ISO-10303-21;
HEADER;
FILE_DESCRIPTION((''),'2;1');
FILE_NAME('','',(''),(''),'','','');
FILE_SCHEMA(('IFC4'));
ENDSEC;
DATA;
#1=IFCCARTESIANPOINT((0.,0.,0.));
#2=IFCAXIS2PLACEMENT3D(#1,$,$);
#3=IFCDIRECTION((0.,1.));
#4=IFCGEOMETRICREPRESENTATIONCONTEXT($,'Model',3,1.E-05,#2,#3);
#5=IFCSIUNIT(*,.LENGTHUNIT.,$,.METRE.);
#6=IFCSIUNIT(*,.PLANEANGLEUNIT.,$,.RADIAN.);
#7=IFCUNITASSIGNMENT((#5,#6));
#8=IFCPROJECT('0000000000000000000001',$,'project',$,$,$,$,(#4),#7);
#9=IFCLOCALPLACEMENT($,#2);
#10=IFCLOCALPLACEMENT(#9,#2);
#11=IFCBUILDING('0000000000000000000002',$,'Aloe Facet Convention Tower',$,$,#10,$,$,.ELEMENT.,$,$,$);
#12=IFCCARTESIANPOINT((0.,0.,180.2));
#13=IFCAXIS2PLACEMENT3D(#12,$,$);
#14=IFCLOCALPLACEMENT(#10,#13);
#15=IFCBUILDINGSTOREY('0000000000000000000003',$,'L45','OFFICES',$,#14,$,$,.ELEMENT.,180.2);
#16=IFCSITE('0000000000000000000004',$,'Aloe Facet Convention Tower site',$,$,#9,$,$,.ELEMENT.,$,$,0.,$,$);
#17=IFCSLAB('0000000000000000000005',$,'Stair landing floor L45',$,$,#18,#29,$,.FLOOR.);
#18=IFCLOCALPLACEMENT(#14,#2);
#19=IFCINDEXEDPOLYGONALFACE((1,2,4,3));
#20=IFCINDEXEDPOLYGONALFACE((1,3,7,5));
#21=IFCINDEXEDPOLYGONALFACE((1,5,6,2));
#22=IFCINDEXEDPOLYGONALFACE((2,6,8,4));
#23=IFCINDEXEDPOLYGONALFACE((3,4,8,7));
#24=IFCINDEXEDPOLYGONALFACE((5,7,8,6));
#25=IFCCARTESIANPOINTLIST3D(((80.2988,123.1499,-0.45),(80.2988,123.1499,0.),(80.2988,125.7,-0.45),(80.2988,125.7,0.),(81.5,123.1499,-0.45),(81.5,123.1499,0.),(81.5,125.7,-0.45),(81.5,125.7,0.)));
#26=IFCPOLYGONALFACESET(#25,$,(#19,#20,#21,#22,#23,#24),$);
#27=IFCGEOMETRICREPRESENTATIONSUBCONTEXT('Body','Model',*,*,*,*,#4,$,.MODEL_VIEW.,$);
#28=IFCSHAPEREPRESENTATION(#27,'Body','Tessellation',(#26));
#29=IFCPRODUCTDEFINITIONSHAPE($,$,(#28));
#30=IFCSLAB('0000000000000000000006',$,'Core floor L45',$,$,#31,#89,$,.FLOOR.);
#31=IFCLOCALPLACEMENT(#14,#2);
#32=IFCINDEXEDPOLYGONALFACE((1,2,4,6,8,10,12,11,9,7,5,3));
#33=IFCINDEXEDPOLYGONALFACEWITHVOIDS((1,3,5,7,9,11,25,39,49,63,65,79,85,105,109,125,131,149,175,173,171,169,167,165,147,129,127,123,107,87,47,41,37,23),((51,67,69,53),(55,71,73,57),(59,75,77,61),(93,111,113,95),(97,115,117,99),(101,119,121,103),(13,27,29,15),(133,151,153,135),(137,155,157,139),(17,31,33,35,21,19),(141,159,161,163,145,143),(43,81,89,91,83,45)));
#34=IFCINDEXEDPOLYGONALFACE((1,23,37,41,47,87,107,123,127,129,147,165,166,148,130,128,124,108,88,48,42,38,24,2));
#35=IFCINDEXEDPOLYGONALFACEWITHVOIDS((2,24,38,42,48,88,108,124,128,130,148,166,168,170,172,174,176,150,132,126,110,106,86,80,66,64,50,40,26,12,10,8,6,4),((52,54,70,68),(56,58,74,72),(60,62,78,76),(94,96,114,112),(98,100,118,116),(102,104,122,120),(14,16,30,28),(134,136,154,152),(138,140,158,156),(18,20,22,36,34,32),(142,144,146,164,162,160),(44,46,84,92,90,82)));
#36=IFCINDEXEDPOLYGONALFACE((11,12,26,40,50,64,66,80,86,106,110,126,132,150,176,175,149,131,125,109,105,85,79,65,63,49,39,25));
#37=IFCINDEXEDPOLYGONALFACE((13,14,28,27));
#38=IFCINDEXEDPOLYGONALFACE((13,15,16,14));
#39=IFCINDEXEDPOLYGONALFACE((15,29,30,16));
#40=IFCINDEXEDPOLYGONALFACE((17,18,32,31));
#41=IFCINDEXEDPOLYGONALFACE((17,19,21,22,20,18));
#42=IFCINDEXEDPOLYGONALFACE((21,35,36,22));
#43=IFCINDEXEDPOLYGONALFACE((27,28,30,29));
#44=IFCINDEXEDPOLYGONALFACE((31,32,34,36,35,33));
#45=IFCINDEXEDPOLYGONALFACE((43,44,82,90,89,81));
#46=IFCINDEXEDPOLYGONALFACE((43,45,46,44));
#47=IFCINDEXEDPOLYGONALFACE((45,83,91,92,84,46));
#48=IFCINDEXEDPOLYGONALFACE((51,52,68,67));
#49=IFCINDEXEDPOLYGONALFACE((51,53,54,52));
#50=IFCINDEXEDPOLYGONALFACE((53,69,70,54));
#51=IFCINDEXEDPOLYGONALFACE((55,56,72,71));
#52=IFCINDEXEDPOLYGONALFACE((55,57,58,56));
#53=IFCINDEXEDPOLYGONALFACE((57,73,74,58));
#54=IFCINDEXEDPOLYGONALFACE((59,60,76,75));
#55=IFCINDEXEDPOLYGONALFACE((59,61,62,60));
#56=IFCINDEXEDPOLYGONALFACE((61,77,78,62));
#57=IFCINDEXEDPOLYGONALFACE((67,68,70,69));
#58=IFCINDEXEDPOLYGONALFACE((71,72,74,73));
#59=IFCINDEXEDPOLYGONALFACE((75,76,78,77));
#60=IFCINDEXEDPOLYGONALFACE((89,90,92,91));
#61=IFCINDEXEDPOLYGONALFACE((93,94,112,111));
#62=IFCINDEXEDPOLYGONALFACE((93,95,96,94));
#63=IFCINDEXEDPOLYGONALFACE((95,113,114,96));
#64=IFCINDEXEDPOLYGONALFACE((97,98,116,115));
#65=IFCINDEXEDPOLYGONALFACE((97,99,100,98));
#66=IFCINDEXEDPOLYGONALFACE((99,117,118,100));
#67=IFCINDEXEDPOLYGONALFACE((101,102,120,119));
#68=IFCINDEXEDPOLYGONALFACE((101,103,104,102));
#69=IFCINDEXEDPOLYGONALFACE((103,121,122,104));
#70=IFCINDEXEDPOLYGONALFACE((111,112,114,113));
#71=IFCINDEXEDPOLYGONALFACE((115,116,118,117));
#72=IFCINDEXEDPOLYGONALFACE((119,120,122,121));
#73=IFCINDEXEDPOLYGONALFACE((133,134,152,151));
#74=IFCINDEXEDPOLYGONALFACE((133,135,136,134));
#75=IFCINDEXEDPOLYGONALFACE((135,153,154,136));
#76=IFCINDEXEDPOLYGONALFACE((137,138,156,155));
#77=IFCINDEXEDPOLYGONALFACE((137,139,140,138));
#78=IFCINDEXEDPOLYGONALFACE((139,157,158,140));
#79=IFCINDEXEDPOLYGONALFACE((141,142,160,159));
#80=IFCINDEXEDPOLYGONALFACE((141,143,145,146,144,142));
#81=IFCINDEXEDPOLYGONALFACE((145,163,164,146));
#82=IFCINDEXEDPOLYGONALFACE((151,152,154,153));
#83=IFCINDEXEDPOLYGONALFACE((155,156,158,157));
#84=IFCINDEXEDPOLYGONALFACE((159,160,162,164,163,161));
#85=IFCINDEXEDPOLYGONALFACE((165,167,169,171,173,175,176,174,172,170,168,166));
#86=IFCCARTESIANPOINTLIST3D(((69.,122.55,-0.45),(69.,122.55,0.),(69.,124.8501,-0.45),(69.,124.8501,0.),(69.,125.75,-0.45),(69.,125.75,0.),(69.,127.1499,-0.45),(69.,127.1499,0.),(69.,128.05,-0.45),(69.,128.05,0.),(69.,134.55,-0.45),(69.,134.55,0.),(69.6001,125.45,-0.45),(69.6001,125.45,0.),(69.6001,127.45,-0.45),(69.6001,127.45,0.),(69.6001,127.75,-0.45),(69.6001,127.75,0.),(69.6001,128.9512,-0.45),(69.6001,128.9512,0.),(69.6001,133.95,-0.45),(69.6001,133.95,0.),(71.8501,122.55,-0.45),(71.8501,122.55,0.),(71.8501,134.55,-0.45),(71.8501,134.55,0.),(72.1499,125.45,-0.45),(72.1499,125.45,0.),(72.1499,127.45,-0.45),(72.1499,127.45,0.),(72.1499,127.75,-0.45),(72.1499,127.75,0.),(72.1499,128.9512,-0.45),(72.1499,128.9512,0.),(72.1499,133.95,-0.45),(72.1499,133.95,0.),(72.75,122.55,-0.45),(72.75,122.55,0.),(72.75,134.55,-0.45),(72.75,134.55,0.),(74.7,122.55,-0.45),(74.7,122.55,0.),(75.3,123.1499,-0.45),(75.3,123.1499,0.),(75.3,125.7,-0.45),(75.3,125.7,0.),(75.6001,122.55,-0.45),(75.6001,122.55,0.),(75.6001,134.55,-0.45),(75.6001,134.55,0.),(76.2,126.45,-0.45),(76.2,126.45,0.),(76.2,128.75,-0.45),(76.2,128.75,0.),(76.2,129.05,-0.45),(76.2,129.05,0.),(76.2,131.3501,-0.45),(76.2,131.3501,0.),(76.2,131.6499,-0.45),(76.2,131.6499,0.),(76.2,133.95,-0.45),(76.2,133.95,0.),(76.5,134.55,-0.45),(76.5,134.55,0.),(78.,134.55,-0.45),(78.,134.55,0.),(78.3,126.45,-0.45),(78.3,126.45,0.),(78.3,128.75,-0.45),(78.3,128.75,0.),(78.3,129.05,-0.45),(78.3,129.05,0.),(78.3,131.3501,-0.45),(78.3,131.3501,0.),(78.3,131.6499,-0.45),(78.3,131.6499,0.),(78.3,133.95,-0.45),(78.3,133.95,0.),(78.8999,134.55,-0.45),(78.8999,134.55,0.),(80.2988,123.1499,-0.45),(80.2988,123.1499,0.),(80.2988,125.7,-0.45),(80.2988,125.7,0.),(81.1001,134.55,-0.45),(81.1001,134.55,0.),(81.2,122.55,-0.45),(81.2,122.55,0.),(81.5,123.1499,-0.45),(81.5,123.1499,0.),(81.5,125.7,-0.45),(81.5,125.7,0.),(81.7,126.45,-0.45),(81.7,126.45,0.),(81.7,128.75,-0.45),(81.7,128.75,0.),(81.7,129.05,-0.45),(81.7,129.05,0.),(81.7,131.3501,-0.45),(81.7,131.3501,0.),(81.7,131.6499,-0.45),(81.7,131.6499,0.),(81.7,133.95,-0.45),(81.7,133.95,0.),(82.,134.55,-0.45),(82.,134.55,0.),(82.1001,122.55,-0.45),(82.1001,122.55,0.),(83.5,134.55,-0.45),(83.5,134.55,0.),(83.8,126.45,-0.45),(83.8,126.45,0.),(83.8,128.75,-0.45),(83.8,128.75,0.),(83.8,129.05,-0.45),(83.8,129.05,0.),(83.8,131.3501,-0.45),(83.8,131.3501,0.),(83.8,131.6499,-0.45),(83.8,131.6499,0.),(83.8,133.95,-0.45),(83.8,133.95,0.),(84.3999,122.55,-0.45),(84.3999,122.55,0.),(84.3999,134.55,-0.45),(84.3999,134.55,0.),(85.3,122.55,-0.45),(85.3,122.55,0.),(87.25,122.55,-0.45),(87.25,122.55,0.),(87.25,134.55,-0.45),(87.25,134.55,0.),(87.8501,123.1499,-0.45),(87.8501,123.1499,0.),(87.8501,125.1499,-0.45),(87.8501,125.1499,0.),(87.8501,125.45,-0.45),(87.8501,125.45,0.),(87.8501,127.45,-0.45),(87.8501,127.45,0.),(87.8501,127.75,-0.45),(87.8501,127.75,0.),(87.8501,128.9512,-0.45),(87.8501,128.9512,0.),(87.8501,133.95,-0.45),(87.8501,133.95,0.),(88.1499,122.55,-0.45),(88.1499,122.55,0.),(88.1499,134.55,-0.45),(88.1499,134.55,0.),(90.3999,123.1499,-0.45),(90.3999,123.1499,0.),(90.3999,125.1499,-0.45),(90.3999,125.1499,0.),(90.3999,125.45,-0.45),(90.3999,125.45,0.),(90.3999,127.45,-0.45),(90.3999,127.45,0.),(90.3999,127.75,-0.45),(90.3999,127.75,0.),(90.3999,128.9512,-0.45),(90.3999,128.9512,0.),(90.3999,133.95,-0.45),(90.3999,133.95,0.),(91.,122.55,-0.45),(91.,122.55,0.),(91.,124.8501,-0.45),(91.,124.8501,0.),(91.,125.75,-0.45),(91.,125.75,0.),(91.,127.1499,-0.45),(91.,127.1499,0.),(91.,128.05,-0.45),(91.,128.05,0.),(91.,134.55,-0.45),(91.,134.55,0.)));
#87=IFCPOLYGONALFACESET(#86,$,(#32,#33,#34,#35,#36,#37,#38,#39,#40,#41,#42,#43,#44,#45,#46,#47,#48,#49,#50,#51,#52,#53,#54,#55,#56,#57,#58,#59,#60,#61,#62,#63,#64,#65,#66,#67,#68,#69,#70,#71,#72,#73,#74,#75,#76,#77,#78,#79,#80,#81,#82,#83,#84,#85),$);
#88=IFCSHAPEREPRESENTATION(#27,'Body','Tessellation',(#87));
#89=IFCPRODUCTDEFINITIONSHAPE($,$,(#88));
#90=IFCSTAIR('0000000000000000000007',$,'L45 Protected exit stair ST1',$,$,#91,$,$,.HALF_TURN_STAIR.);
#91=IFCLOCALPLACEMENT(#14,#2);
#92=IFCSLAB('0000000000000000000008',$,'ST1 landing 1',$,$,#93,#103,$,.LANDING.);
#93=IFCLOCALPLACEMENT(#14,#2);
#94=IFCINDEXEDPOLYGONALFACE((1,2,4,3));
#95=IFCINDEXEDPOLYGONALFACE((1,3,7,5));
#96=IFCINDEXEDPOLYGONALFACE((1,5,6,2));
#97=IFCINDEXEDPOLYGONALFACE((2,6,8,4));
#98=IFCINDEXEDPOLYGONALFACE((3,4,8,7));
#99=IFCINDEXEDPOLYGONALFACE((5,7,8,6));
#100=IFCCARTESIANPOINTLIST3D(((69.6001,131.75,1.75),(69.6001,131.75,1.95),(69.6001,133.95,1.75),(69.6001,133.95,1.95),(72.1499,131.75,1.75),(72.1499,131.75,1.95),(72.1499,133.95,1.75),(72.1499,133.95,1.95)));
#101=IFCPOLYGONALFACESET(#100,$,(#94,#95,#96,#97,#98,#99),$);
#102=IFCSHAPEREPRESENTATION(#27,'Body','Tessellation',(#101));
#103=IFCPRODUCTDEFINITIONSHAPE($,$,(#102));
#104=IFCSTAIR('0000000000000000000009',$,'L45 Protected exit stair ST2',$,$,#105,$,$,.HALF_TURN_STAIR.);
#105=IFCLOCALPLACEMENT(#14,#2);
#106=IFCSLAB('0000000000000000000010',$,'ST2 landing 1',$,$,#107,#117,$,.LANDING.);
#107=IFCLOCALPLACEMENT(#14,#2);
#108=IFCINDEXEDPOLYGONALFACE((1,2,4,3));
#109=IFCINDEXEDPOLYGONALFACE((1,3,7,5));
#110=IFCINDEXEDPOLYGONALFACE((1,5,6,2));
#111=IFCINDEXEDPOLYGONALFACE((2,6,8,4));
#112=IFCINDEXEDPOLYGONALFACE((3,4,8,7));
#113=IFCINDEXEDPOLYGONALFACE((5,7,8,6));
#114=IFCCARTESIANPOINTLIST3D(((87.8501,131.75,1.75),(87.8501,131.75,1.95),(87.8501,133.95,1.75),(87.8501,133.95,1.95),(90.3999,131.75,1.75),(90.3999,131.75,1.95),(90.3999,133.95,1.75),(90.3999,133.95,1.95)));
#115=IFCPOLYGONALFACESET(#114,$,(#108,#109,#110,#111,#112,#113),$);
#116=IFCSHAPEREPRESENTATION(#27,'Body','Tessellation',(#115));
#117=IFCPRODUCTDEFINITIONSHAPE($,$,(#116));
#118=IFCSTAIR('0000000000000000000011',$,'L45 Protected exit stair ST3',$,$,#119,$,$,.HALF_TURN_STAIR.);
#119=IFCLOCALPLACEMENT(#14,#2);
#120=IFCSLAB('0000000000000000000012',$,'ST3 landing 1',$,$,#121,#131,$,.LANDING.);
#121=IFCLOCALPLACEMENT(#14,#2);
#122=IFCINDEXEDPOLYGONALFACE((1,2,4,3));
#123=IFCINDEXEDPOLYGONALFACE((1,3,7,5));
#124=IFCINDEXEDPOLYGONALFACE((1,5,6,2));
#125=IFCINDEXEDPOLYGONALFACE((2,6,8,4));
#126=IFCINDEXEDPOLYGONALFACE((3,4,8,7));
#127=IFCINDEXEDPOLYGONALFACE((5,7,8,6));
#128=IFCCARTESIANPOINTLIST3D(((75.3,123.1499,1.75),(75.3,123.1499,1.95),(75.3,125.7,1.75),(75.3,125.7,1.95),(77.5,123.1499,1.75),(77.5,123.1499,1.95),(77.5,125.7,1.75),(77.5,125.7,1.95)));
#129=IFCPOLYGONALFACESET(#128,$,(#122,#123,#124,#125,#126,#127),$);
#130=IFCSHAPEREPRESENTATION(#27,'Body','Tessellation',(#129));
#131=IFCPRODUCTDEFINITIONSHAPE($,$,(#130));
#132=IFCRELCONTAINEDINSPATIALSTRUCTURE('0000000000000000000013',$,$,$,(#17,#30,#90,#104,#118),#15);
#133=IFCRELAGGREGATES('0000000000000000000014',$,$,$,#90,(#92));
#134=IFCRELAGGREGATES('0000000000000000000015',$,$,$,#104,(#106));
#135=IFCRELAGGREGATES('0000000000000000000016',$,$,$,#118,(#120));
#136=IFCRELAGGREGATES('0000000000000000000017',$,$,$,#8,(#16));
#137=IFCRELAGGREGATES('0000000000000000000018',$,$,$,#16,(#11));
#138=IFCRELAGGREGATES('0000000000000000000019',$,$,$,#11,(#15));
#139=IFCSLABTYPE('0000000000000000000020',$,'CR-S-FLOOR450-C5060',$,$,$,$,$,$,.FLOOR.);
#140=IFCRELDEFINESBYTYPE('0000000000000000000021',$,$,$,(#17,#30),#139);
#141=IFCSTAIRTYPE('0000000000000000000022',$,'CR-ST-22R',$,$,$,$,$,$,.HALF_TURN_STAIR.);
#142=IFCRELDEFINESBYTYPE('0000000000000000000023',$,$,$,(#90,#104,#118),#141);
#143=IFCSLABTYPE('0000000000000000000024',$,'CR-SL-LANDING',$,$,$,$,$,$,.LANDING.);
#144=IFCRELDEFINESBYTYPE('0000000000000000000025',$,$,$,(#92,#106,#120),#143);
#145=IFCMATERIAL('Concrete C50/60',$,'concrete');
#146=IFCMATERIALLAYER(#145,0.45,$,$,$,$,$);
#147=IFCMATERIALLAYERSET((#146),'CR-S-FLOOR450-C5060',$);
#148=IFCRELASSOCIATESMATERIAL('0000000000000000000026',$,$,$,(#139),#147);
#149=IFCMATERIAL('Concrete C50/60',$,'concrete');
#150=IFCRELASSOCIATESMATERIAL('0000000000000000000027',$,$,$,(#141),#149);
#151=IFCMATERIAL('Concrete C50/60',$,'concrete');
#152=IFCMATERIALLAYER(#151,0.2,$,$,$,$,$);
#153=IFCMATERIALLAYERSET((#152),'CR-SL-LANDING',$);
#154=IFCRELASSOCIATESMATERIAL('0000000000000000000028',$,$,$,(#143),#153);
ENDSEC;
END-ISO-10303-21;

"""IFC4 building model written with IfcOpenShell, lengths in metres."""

from ifc_helpers import new_model, si_unit, direction, frame, origin, place, context, subcontext, project, spatial, polyline, outline, extrude, material, layer, layer_set, type_object, element, aggregate, save


model = new_model("IFC4")

# Units and contexts
model_context = context("Model", 3, precision=1e-05, world=origin(), true_north=direction((0.0, 1.0)))
body_context = subcontext(model_context, "Body", "Model", "MODEL_VIEW")
ifc_project = project(units=[si_unit("LENGTHUNIT", "METRE"), si_unit("PLANEANGLEUNIT", "RADIAN")], contexts=[model_context])

# Site, building, storey
site_placement = place(None, origin())
site = spatial("IfcSite", under=ifc_project, at=site_placement, Name="Aloe Facet Convention Tower site", CompositionType="ELEMENT", RefElevation=0.0)
building_placement = place(site_placement, origin())
building = spatial("IfcBuilding", under=site, at=building_placement, Name="Aloe Facet Convention Tower", CompositionType="ELEMENT")
storey_placement = place(building_placement, frame((0.0, 0.0, 180.2)))
storey = spatial("IfcBuildingStorey", under=building, at=storey_placement, Name="L45", Description="OFFICES", CompositionType="ELEMENT", Elevation=180.2)

# Slabs
ifc_material_1 = material(Name="Concrete C50/60", Category="concrete")
ifc_layer_1 = layer(ifc_material_1, 0.45)
ifc_layer_set_1 = layer_set([ifc_layer_1], Name="CR-S-FLOOR450-C5060")
slab_type_1 = type_object("IfcSlabType", Name="CR-S-FLOOR450-C5060", PredefinedType="FLOOR", material=ifc_layer_set_1)
slab_1_placement = place(storey_placement, frame((0.0, 0.0, -0.45)))
element("IfcSlab", 1, at=slab_1_placement, inside=storey, type_object=slab_type_1, Name="Stair landing floor L45", PredefinedType="FLOOR", context=body_context, shape_type="SweptSolid", body=[
    extrude(outline(polyline([(81.5, 125.7), (80.2988, 125.7), (80.2988, 123.1499), (81.5, 123.1499), (81.5, 125.7)])), origin(), (0.0, 0.0, 1.0), 0.45),
])
slab_2_placement = place(storey_placement, frame((0.0, 0.0, -0.45)))
element("IfcSlab", 2, at=slab_2_placement, inside=storey, type_object=slab_type_1, Name="Core floor L45", PredefinedType="FLOOR", context=body_context, shape_type="SweptSolid", body=[
    extrude(outline(polyline([(71.8501, 134.55), (72.75, 134.55), (75.6001, 134.55), (76.5, 134.55), (78.0, 134.55), (78.8999, 134.55), (81.1001, 134.55), (82.0, 134.55), (83.5, 134.55), (84.3999, 134.55), (87.25, 134.55), (88.1499, 134.55), (91.0, 134.55), (91.0, 128.05), (91.0, 127.1499), (91.0, 125.75), (91.0, 124.8501), (91.0, 122.55), (88.1499, 122.55), (87.25, 122.55), (85.3, 122.55), (84.3999, 122.55), (82.1001, 122.55), (81.2, 122.55), (75.6001, 122.55), (74.7, 122.55), (72.75, 122.55), (71.8501, 122.55), (69.0, 122.55), (69.0, 124.8501), (69.0, 125.75), (69.0, 127.1499), (69.0, 128.05), (69.0, 134.55), (71.8501, 134.55)]), holes=[polyline([(80.2988, 123.1499), (81.5, 123.1499), (81.5, 125.7), (80.2988, 125.7), (75.3, 125.7), (75.3, 123.1499), (80.2988, 123.1499)]), polyline([(69.6001, 125.45), (72.1499, 125.45), (72.1499, 127.45), (69.6001, 127.45), (69.6001, 125.45)]), polyline([(76.2, 126.45), (78.3, 126.45), (78.3, 128.75), (76.2, 128.75), (76.2, 126.45)]), polyline([(78.3, 129.05), (78.3, 131.3501), (76.2, 131.3501), (76.2, 129.05), (78.3, 129.05)]), polyline([(69.6001, 133.95), (69.6001, 128.9512), (69.6001, 127.75), (72.1499, 127.75), (72.1499, 128.9512), (72.1499, 133.95), (69.6001, 133.95)]), polyline([(76.2, 131.6499), (78.3, 131.6499), (78.3, 133.95), (76.2, 133.95), (76.2, 131.6499)]), polyline([(90.3999, 123.1499), (90.3999, 125.1499), (87.8501, 125.1499), (87.8501, 123.1499), (90.3999, 123.1499)]), polyline([(87.8501, 125.45), (90.3999, 125.45), (90.3999, 127.45), (87.8501, 127.45), (87.8501, 125.45)]), polyline([(81.7, 126.45), (83.8, 126.45), (83.8, 128.75), (81.7, 128.75), (81.7, 126.45)]), polyline([(83.8, 129.05), (83.8, 131.3501), (81.7, 131.3501), (81.7, 129.05), (83.8, 129.05)]), polyline([(87.8501, 133.95), (87.8501, 128.9512), (87.8501, 127.75), (90.3999, 127.75), (90.3999, 128.9512), (90.3999, 133.95), (87.8501, 133.95)]), polyline([(81.7, 131.6499), (83.8, 131.6499), (83.8, 133.95), (81.7, 133.95), (81.7, 131.6499)])]), origin(), (0.0, 0.0, 1.0), 0.45),
])

# Stairs, slabs
ifc_material_2 = material(Name="Concrete C50/60", Category="concrete")
stair_type = type_object("IfcStairType", Name="CR-ST-22R", PredefinedType="HALF_TURN_STAIR", material=ifc_material_2)
stair_1_placement = place(storey_placement, origin())
stair_1 = element("IfcStair", 3, at=stair_1_placement, inside=storey, type_object=stair_type, Name="L45 Protected exit stair ST1", PredefinedType="HALF_TURN_STAIR")
ifc_material_3 = material(Name="Concrete C50/60", Category="concrete")
ifc_layer_2 = layer(ifc_material_3, 0.2)
ifc_layer_set_2 = layer_set([ifc_layer_2], Name="CR-SL-LANDING")
slab_type_2 = type_object("IfcSlabType", Name="CR-SL-LANDING", PredefinedType="LANDING", material=ifc_layer_set_2)
slab_3_placement = place(storey_placement, frame((0.0, 0.0, 1.75)))
slab_3 = element("IfcSlab", 4, at=slab_3_placement, type_object=slab_type_2, Name="ST1 landing 1", PredefinedType="LANDING", context=body_context, shape_type="SweptSolid", body=[
    extrude(outline(polyline([(72.1499, 131.75), (72.1499, 133.95), (69.6001, 133.95), (69.6001, 131.75), (72.1499, 131.75)])), origin(), (0.0, 0.0, 1.0), 0.2),
])
aggregate(stair_1, [slab_3])
stair_2_placement = place(storey_placement, origin())
stair_2 = element("IfcStair", 5, at=stair_2_placement, inside=storey, type_object=stair_type, Name="L45 Protected exit stair ST2", PredefinedType="HALF_TURN_STAIR")
slab_4_placement = place(storey_placement, frame((0.0, 0.0, 1.75)))
slab_4 = element("IfcSlab", 6, at=slab_4_placement, type_object=slab_type_2, Name="ST2 landing 1", PredefinedType="LANDING", context=body_context, shape_type="SweptSolid", body=[
    extrude(outline(polyline([(90.3999, 131.75), (90.3999, 133.95), (87.8501, 133.95), (87.8501, 131.75), (90.3999, 131.75)])), origin(), (0.0, 0.0, 1.0), 0.2),
])
aggregate(stair_2, [slab_4])
stair_3_placement = place(storey_placement, origin())
stair_3 = element("IfcStair", 7, at=stair_3_placement, inside=storey, type_object=stair_type, Name="L45 Protected exit stair ST3", PredefinedType="HALF_TURN_STAIR")
slab_5_placement = place(storey_placement, frame((0.0, 0.0, 1.75)))
slab_5 = element("IfcSlab", 8, at=slab_5_placement, type_object=slab_type_2, Name="ST3 landing 1", PredefinedType="LANDING", context=body_context, shape_type="SweptSolid", body=[
    extrude(outline(polyline([(77.5, 125.7), (75.3, 125.7), (75.3, 123.1499), (77.5, 123.1499), (77.5, 125.7)])), origin(), (0.0, 0.0, 1.0), 0.2),
])
aggregate(stair_3, [slab_5])

save(model, "model.ifc")
